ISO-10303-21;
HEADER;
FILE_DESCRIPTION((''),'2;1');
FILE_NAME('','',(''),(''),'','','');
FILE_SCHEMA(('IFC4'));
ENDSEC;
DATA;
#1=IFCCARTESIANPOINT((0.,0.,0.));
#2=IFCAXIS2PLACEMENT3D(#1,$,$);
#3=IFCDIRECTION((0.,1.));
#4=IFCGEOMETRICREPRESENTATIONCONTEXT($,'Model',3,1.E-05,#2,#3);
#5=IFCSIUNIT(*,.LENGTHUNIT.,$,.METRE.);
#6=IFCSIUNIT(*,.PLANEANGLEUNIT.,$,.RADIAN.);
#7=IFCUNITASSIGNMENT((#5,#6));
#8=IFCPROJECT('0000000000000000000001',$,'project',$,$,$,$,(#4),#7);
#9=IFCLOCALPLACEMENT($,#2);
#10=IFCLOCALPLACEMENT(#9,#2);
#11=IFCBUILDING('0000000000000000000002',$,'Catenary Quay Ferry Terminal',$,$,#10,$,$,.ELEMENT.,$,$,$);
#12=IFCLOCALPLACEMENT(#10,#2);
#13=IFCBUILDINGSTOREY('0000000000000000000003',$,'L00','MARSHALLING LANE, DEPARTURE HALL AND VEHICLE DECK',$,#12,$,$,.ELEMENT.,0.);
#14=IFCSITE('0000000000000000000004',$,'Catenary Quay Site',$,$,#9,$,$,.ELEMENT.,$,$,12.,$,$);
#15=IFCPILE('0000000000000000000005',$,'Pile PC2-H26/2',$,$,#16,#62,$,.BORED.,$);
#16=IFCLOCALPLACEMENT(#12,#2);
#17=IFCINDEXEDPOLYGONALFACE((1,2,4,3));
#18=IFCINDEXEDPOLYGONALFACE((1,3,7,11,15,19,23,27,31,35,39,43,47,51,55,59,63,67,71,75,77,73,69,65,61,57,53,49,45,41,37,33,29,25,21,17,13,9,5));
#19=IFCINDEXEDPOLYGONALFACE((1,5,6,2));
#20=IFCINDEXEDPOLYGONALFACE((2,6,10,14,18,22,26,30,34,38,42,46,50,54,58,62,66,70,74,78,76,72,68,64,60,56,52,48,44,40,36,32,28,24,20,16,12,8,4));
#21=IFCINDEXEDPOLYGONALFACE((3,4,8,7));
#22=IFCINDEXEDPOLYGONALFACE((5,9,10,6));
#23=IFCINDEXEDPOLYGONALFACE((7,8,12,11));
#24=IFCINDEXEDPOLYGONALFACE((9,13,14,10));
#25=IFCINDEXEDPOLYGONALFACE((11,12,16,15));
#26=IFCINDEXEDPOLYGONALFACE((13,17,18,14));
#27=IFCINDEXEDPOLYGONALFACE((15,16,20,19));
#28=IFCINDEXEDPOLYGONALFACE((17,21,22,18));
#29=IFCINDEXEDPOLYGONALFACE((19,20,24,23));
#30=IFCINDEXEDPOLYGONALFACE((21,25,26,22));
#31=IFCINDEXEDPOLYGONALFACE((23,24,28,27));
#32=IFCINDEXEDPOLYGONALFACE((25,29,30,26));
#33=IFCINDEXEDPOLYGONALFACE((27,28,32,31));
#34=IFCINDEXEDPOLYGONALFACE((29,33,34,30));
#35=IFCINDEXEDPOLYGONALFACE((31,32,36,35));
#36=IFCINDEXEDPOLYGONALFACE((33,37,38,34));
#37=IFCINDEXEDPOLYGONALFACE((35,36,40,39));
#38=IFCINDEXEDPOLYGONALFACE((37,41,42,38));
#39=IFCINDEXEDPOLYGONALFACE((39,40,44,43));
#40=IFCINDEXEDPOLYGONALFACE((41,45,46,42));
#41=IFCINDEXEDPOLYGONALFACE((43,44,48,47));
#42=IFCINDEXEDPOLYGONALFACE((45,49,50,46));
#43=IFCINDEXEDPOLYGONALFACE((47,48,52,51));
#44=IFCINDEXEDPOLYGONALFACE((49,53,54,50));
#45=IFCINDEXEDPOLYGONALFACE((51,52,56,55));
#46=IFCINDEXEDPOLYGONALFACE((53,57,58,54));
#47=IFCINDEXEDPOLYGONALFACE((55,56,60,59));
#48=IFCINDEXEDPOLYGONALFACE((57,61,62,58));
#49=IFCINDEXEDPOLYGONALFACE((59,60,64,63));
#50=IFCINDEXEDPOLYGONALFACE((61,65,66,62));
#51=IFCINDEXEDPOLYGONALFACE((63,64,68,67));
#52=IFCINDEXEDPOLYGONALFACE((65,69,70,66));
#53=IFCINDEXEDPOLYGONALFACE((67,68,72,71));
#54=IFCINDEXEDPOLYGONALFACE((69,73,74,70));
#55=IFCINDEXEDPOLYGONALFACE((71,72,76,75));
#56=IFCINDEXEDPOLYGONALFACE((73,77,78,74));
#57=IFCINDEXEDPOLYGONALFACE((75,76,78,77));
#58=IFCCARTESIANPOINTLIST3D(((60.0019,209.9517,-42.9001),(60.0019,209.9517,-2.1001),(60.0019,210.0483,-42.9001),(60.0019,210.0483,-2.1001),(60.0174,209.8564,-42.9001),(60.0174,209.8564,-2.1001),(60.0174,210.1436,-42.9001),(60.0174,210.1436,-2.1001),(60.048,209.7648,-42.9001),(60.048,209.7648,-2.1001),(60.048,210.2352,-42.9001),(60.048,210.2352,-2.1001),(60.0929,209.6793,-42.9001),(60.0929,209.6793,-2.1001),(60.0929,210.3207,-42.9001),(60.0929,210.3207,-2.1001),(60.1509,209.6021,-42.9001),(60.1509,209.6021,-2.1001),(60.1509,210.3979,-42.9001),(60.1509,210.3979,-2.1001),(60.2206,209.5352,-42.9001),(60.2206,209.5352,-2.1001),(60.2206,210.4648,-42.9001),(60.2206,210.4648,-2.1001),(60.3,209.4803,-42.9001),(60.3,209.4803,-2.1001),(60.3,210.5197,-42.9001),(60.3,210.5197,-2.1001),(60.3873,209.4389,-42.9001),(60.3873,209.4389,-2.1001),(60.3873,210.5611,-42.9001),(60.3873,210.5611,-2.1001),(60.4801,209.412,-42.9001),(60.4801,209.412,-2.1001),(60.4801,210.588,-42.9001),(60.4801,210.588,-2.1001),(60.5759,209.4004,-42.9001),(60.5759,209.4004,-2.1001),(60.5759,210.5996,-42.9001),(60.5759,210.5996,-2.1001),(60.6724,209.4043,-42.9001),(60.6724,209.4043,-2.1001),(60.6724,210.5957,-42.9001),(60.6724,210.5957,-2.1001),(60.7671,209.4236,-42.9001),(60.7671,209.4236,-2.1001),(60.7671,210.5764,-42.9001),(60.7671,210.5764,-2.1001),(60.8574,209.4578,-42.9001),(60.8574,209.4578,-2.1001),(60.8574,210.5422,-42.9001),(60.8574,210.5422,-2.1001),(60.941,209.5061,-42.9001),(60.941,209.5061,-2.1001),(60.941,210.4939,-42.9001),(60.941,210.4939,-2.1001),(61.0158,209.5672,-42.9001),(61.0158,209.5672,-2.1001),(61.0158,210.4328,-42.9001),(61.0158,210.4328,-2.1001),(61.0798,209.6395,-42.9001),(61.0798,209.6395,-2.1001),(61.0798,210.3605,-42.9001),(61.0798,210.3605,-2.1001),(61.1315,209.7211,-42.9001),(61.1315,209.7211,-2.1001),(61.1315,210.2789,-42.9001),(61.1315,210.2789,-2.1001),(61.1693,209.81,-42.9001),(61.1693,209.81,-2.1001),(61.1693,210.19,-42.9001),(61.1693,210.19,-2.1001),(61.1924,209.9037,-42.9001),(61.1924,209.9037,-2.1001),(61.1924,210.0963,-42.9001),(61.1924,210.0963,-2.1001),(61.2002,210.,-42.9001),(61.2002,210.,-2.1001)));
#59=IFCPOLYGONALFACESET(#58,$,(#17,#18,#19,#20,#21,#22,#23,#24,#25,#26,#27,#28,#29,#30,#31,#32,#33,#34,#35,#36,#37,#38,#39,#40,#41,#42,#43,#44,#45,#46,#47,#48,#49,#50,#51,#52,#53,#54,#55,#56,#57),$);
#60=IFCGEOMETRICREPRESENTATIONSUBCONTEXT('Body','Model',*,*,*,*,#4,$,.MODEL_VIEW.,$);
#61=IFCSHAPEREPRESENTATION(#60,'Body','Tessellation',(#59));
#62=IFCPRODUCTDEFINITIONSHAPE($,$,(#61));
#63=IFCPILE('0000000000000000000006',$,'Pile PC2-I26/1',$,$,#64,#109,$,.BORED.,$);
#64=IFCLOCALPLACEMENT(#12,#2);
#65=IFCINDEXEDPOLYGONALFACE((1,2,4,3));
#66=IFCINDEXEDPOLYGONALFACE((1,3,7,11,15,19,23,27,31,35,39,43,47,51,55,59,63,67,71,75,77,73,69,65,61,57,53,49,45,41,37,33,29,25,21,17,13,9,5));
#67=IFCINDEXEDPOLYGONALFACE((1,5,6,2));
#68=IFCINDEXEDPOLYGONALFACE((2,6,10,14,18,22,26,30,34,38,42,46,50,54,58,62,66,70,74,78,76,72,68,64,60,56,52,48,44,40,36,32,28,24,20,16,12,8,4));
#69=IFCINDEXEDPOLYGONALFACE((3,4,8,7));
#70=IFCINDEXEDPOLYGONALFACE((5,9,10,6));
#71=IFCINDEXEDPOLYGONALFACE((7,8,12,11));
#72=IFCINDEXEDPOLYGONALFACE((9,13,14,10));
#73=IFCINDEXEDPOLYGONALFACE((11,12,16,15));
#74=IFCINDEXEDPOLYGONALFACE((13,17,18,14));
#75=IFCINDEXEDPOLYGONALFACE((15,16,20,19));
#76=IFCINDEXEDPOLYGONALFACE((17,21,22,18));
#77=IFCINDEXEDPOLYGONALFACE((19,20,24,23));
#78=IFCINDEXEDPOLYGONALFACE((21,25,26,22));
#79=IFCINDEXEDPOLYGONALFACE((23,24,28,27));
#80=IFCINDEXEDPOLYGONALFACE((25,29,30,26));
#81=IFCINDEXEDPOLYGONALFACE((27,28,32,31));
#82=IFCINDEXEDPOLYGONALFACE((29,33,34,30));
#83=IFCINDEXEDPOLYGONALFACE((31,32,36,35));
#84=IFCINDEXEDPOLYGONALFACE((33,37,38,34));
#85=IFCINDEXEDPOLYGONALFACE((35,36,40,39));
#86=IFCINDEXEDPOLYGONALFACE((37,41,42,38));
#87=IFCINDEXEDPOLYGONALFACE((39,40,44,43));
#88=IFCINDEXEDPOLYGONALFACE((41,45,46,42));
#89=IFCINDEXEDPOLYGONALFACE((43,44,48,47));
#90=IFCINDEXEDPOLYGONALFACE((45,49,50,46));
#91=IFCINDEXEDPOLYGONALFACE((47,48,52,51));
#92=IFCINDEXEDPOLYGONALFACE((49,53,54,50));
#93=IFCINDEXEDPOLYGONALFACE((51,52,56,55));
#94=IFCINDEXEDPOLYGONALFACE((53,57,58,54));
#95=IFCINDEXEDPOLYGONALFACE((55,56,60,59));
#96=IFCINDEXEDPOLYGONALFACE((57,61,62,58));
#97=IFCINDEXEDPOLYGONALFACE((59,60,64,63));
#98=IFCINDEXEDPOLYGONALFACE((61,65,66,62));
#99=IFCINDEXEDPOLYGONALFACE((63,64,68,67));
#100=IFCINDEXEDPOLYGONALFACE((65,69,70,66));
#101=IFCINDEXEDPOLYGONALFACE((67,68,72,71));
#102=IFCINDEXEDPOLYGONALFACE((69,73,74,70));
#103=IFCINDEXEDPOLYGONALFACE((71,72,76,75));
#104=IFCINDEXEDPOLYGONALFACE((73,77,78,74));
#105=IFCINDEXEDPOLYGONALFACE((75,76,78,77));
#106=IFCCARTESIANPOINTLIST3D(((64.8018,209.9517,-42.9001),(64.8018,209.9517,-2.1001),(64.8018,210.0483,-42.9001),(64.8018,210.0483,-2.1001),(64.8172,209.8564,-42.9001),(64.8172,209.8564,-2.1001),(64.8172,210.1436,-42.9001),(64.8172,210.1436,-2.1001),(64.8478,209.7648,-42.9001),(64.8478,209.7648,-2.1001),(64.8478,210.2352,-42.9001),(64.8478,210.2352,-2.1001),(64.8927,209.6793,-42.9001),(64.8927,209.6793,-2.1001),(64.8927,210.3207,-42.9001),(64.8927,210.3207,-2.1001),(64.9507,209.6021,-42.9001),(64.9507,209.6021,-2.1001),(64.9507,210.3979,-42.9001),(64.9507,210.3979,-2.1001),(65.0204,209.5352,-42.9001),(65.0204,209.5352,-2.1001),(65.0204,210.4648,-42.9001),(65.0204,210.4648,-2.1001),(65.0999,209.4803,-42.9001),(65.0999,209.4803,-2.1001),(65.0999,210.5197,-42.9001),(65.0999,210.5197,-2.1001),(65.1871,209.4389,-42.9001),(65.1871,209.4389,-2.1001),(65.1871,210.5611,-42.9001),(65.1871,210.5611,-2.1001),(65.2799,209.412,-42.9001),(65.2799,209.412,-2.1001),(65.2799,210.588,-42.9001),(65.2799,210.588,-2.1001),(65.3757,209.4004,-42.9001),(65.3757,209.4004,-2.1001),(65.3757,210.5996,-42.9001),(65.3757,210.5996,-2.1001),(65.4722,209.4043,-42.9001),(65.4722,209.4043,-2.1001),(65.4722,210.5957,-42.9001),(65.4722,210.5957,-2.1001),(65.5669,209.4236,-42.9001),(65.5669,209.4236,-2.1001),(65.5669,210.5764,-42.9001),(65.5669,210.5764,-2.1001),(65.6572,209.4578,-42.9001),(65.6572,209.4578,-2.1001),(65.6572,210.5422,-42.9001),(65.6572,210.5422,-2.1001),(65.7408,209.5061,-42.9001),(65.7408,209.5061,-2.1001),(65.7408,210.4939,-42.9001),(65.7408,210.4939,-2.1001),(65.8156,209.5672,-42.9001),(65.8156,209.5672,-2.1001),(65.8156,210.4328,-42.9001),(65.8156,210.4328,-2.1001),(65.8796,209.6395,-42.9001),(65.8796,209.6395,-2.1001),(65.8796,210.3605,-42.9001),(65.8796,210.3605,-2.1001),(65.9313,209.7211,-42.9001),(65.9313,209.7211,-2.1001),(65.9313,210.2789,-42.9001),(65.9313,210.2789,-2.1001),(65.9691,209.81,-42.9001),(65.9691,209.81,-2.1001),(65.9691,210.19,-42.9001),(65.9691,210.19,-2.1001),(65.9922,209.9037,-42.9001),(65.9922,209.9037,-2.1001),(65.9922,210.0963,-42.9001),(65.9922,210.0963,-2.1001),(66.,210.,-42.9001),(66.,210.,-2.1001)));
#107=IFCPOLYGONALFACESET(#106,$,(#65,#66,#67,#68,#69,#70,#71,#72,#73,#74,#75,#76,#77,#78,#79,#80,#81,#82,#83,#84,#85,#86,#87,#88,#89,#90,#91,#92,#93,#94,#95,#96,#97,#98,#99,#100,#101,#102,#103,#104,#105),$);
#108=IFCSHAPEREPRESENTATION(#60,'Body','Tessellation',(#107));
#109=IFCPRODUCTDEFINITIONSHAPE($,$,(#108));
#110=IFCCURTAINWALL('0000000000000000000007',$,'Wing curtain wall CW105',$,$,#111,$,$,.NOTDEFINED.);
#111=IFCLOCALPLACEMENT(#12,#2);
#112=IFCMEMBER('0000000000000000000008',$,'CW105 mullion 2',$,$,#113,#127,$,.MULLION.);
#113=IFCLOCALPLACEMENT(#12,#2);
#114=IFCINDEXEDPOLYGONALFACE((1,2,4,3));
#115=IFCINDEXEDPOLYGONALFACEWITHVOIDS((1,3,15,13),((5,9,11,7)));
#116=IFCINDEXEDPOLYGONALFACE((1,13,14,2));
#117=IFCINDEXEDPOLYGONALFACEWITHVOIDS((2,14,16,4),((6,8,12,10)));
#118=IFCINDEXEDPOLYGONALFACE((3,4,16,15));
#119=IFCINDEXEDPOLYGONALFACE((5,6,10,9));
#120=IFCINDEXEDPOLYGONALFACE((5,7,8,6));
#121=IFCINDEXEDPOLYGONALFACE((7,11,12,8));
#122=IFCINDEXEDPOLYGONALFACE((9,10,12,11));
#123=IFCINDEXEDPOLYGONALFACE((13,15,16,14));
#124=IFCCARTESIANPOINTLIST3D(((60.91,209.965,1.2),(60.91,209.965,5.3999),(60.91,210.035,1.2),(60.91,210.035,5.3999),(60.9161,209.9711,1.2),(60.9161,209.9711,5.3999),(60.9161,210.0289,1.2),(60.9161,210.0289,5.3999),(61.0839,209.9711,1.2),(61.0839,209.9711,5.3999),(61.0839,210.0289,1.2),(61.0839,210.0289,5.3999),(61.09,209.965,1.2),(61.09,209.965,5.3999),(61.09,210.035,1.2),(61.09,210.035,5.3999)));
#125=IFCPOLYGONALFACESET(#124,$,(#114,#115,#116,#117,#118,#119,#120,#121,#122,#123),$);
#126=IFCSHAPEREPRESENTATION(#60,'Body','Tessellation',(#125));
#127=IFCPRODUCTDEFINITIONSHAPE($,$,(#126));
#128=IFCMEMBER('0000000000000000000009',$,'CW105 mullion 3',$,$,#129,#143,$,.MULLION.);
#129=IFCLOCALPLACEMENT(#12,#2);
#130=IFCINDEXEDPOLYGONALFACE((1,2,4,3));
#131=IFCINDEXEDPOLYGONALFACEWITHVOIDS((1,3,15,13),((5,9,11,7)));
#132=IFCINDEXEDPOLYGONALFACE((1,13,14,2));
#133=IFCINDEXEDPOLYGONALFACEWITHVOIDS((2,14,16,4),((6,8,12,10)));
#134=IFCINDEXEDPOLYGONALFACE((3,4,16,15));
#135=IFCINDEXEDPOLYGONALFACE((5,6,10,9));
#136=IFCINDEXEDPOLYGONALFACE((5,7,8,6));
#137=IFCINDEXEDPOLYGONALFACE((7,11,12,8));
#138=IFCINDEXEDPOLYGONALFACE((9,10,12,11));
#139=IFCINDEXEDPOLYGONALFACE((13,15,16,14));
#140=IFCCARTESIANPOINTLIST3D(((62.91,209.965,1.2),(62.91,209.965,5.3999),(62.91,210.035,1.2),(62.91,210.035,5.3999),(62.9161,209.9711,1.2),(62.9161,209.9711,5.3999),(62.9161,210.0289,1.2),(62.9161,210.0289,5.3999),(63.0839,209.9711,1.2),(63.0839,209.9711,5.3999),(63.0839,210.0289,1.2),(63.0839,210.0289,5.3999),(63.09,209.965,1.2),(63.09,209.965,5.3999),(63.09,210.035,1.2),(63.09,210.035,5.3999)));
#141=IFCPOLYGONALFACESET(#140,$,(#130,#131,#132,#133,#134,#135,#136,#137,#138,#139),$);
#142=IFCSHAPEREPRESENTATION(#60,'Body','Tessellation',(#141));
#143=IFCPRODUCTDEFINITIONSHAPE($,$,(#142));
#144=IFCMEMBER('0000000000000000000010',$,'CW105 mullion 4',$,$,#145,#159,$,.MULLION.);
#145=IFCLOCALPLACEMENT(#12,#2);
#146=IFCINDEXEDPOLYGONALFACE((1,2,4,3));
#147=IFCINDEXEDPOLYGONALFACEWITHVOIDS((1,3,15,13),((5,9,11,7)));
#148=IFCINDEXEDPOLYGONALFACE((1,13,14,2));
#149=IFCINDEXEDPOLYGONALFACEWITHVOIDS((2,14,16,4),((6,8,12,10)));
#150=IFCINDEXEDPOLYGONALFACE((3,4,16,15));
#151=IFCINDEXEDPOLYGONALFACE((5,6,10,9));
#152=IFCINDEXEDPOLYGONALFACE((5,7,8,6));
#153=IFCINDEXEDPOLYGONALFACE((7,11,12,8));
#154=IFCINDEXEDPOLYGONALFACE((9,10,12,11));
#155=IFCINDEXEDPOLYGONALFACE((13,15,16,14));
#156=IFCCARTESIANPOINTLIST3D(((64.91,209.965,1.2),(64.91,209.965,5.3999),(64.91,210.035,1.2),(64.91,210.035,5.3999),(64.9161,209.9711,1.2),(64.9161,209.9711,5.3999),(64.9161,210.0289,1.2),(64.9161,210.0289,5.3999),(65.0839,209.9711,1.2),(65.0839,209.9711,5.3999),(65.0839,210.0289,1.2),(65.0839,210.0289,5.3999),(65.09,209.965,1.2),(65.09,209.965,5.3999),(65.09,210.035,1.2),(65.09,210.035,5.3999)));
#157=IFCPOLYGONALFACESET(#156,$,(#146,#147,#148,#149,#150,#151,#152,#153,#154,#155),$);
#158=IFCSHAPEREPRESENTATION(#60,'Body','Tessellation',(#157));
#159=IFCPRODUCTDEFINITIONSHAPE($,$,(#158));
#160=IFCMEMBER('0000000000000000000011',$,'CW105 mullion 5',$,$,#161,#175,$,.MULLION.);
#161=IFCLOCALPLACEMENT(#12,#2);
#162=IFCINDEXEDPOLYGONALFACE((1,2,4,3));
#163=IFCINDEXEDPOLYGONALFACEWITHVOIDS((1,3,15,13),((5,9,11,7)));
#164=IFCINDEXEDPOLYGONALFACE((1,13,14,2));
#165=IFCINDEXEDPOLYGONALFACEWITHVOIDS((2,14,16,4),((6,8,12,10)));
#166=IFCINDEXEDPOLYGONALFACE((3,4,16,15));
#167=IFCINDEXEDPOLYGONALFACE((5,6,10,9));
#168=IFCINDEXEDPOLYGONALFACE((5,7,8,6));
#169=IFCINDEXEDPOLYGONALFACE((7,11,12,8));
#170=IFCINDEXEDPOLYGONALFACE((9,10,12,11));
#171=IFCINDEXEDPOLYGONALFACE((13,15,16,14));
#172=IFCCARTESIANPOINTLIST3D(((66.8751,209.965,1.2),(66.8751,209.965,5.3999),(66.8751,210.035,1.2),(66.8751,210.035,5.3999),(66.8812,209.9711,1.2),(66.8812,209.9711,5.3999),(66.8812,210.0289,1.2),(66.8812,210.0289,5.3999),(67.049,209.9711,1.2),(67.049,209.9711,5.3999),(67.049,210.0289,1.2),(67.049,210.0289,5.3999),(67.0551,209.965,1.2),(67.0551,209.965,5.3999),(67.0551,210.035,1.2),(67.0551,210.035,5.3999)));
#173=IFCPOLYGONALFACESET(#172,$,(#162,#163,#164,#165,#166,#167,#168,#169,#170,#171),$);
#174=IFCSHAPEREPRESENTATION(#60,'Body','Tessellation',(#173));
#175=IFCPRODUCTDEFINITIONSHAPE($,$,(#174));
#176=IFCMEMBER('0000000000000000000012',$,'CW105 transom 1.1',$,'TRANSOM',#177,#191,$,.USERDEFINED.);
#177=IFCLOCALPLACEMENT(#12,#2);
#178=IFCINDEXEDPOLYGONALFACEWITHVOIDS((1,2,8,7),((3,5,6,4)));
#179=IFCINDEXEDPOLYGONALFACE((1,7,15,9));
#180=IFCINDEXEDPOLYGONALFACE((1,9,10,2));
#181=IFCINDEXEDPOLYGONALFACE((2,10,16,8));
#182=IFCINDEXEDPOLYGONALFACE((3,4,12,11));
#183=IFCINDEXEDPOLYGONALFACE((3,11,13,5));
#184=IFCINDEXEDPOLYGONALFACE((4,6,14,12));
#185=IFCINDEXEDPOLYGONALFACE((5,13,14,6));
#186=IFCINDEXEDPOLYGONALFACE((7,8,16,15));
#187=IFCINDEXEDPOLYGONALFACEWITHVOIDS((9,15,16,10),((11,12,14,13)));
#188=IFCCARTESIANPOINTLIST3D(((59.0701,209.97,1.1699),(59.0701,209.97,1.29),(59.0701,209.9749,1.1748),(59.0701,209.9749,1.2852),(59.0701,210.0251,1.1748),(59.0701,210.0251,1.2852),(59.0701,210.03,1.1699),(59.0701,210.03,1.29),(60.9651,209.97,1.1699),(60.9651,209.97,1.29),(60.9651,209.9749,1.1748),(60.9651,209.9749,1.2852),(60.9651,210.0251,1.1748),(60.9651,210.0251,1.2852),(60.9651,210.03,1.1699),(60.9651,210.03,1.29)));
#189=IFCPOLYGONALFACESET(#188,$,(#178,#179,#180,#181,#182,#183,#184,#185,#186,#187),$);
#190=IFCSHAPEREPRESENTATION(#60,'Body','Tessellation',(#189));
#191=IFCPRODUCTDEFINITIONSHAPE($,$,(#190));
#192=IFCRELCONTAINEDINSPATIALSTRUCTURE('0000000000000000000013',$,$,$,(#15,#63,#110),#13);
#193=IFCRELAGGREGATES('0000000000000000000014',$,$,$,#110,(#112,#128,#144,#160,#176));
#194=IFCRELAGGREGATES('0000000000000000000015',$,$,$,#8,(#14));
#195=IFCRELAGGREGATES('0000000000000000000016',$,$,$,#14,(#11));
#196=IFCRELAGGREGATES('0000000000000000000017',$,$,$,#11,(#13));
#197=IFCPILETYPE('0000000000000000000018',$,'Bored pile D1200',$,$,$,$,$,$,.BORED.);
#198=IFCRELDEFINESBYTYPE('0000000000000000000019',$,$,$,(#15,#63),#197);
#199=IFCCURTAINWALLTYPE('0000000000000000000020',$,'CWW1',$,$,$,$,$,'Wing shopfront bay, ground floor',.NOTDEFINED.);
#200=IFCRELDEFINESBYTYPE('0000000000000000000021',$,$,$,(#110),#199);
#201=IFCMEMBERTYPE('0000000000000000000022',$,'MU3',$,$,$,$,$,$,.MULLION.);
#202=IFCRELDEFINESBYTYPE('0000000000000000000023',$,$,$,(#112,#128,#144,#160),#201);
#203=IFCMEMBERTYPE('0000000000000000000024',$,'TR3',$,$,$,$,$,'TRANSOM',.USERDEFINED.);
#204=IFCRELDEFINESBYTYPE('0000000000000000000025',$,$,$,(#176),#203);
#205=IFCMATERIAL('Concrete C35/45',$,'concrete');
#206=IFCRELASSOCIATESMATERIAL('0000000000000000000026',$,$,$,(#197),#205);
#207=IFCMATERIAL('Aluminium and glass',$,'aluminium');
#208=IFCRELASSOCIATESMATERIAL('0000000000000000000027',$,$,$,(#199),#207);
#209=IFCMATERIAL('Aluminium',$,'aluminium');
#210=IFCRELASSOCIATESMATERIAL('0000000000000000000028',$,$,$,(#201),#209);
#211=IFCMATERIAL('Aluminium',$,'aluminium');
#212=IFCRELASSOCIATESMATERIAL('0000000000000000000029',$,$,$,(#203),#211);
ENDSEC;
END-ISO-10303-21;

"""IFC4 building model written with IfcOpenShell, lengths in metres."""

from ifc_helpers import new_model, si_unit, direction, frame, origin, origin_2d, place, context, subcontext, project, spatial, hollow_rectangle, circle, extrude, material, material_profile, profile_set, type_object, element, aggregate, save


model = new_model("IFC4")

# Units and contexts
model_context = context("Model", 3, precision=1e-05, world=origin(), true_north=direction((0.0, 1.0)))
body_context = subcontext(model_context, "Body", "Model", "MODEL_VIEW")
ifc_project = project(units=[si_unit("LENGTHUNIT", "METRE"), si_unit("PLANEANGLEUNIT", "RADIAN")], contexts=[model_context])

# Site, building, storey
site_placement = place(None, origin())
site = spatial("IfcSite", under=ifc_project, at=site_placement, Name="Catenary Quay Site", CompositionType="ELEMENT", RefElevation=12.0)
building_placement = place(site_placement, origin())
building = spatial("IfcBuilding", under=site, at=building_placement, Name="Catenary Quay Ferry Terminal", CompositionType="ELEMENT")
storey_placement = place(building_placement, origin())
storey = spatial("IfcBuildingStorey", under=building, at=storey_placement, Name="L00", Description="MARSHALLING LANE, DEPARTURE HALL AND VEHICLE DECK", CompositionType="ELEMENT", Elevation=0.0)

# Piles
ifc_material_1 = material(Name="Concrete C35/45", Category="concrete")
ifc_material_profile_1 = material_profile(ifc_material_1, circle(Radius=0.6001, at=origin_2d()), Name="D1200")
ifc_profile_set_1 = profile_set([ifc_material_profile_1], Name="Concrete C35/45")
pile_type = type_object("IfcPileType", Name="Bored pile D1200", PredefinedType="BORED", material=ifc_profile_set_1)
for number, where, z_axis, x_axis, name in (
    (1, (60.6001, 210.0, -2.1001), (0.0, 0.0, -1.0), (1.0, 0.0, 0.0), "Pile PC2-H26/2"),
    (2, (65.3999, 210.0, -2.1001), (0.0, 0.0, -1.0), (1.0, 0.0, 0.0), "Pile PC2-I26/1"),
):
    element("IfcPile", number, at=place(storey_placement, frame(where, z_axis=z_axis, x_axis=x_axis)), inside=storey, type_object=pile_type, Name=name, PredefinedType="BORED", context=body_context, shape_type="SweptSolid", body=[
        extrude(circle(Radius=0.6001, at=origin_2d()), origin(), (0.0, 0.0, 1.0), 40.8),
    ])

# Curtain wall, members
ifc_material_2 = material(Name="Aluminium and glass", Category="aluminium")
curtain_wall_type = type_object("IfcCurtainWallType", Name="CWW1", ElementType="Wing shopfront bay, ground floor", PredefinedType="NOTDEFINED", material=ifc_material_2)
curtain_wall_placement = place(storey_placement, origin())
curtain_wall = element("IfcCurtainWall", 3, at=curtain_wall_placement, inside=storey, type_object=curtain_wall_type, Name="Wing curtain wall CW105", PredefinedType="NOTDEFINED")
ifc_material_3 = material(Name="Aluminium", Category="aluminium")
ifc_material_profile_2 = material_profile(ifc_material_3, hollow_rectangle(XDim=0.0701, YDim=0.1799, WallThickness=0.0061, at=origin_2d()), Name="MU3")
ifc_profile_set_2 = profile_set([ifc_material_profile_2], Name="Aluminium")
member_type_1 = type_object("IfcMemberType", Name="MU3", PredefinedType="MULLION", material=ifc_profile_set_2)
member_1_placement = place(storey_placement, frame((61.0, 210.0, 1.2), z_axis=(0.0, 0.0, 1.0), x_axis=(0.0, 1.0, 0.0)))
member_1 = element("IfcMember", 4, at=member_1_placement, type_object=member_type_1, Name="CW105 mullion 2", PredefinedType="MULLION", context=body_context, shape_type="SweptSolid", body=[
    extrude(hollow_rectangle(XDim=0.0701, YDim=0.1799, WallThickness=0.0061, at=origin_2d()), origin(), (0.0, 0.0, 1.0), 4.2),
])
member_2_placement = place(storey_placement, frame((63.0, 210.0, 1.2), z_axis=(0.0, 0.0, 1.0), x_axis=(0.0, 1.0, 0.0)))
member_2 = element("IfcMember", 5, at=member_2_placement, type_object=member_type_1, Name="CW105 mullion 3", PredefinedType="MULLION", context=body_context, shape_type="SweptSolid", body=[
    extrude(hollow_rectangle(XDim=0.0701, YDim=0.1799, WallThickness=0.0061, at=origin_2d()), origin(), (0.0, 0.0, 1.0), 4.2),
])
member_3_placement = place(storey_placement, frame((65.0, 210.0, 1.2), z_axis=(0.0, 0.0, 1.0), x_axis=(0.0, 1.0, 0.0)))
member_3 = element("IfcMember", 6, at=member_3_placement, type_object=member_type_1, Name="CW105 mullion 4", PredefinedType="MULLION", context=body_context, shape_type="SweptSolid", body=[
    extrude(hollow_rectangle(XDim=0.0701, YDim=0.1799, WallThickness=0.0061, at=origin_2d()), origin(), (0.0, 0.0, 1.0), 4.2),
])
member_4_placement = place(storey_placement, frame((66.9651, 210.0, 1.2), z_axis=(0.0, 0.0, 1.0), x_axis=(0.0, 1.0, 0.0)))
member_4 = element("IfcMember", 7, at=member_4_placement, type_object=member_type_1, Name="CW105 mullion 5", PredefinedType="MULLION", context=body_context, shape_type="SweptSolid", body=[
    extrude(hollow_rectangle(XDim=0.0701, YDim=0.1799, WallThickness=0.0061, at=origin_2d()), origin(), (0.0, 0.0, 1.0), 4.2),
])
ifc_material_4 = material(Name="Aluminium", Category="aluminium")
ifc_material_profile_3 = material_profile(ifc_material_4, hollow_rectangle(XDim=0.0601, YDim=0.1201, WallThickness=0.0049, at=origin_2d()), Name="TR3")
ifc_profile_set_3 = profile_set([ifc_material_profile_3], Name="Aluminium")
member_type_2 = type_object("IfcMemberType", Name="TR3", ElementType="TRANSOM", PredefinedType="USERDEFINED", material=ifc_profile_set_3)
member_5_placement = place(storey_placement, frame((59.0701, 210.0, 1.23), z_axis=(1.0, 0.0, 0.0), x_axis=(0.0, 1.0, 0.0)))
member_5 = element("IfcMember", 8, at=member_5_placement, type_object=member_type_2, Name="CW105 transom 1.1", ObjectType="TRANSOM", PredefinedType="USERDEFINED", context=body_context, shape_type="SweptSolid", body=[
    extrude(hollow_rectangle(XDim=0.0601, YDim=0.1201, WallThickness=0.0049, at=origin_2d()), origin(), (0.0, 0.0, 1.0), 1.895),
])
aggregate(curtain_wall, [member_1, member_2, member_3, member_4, member_5])

save(model, "model.ifc")
